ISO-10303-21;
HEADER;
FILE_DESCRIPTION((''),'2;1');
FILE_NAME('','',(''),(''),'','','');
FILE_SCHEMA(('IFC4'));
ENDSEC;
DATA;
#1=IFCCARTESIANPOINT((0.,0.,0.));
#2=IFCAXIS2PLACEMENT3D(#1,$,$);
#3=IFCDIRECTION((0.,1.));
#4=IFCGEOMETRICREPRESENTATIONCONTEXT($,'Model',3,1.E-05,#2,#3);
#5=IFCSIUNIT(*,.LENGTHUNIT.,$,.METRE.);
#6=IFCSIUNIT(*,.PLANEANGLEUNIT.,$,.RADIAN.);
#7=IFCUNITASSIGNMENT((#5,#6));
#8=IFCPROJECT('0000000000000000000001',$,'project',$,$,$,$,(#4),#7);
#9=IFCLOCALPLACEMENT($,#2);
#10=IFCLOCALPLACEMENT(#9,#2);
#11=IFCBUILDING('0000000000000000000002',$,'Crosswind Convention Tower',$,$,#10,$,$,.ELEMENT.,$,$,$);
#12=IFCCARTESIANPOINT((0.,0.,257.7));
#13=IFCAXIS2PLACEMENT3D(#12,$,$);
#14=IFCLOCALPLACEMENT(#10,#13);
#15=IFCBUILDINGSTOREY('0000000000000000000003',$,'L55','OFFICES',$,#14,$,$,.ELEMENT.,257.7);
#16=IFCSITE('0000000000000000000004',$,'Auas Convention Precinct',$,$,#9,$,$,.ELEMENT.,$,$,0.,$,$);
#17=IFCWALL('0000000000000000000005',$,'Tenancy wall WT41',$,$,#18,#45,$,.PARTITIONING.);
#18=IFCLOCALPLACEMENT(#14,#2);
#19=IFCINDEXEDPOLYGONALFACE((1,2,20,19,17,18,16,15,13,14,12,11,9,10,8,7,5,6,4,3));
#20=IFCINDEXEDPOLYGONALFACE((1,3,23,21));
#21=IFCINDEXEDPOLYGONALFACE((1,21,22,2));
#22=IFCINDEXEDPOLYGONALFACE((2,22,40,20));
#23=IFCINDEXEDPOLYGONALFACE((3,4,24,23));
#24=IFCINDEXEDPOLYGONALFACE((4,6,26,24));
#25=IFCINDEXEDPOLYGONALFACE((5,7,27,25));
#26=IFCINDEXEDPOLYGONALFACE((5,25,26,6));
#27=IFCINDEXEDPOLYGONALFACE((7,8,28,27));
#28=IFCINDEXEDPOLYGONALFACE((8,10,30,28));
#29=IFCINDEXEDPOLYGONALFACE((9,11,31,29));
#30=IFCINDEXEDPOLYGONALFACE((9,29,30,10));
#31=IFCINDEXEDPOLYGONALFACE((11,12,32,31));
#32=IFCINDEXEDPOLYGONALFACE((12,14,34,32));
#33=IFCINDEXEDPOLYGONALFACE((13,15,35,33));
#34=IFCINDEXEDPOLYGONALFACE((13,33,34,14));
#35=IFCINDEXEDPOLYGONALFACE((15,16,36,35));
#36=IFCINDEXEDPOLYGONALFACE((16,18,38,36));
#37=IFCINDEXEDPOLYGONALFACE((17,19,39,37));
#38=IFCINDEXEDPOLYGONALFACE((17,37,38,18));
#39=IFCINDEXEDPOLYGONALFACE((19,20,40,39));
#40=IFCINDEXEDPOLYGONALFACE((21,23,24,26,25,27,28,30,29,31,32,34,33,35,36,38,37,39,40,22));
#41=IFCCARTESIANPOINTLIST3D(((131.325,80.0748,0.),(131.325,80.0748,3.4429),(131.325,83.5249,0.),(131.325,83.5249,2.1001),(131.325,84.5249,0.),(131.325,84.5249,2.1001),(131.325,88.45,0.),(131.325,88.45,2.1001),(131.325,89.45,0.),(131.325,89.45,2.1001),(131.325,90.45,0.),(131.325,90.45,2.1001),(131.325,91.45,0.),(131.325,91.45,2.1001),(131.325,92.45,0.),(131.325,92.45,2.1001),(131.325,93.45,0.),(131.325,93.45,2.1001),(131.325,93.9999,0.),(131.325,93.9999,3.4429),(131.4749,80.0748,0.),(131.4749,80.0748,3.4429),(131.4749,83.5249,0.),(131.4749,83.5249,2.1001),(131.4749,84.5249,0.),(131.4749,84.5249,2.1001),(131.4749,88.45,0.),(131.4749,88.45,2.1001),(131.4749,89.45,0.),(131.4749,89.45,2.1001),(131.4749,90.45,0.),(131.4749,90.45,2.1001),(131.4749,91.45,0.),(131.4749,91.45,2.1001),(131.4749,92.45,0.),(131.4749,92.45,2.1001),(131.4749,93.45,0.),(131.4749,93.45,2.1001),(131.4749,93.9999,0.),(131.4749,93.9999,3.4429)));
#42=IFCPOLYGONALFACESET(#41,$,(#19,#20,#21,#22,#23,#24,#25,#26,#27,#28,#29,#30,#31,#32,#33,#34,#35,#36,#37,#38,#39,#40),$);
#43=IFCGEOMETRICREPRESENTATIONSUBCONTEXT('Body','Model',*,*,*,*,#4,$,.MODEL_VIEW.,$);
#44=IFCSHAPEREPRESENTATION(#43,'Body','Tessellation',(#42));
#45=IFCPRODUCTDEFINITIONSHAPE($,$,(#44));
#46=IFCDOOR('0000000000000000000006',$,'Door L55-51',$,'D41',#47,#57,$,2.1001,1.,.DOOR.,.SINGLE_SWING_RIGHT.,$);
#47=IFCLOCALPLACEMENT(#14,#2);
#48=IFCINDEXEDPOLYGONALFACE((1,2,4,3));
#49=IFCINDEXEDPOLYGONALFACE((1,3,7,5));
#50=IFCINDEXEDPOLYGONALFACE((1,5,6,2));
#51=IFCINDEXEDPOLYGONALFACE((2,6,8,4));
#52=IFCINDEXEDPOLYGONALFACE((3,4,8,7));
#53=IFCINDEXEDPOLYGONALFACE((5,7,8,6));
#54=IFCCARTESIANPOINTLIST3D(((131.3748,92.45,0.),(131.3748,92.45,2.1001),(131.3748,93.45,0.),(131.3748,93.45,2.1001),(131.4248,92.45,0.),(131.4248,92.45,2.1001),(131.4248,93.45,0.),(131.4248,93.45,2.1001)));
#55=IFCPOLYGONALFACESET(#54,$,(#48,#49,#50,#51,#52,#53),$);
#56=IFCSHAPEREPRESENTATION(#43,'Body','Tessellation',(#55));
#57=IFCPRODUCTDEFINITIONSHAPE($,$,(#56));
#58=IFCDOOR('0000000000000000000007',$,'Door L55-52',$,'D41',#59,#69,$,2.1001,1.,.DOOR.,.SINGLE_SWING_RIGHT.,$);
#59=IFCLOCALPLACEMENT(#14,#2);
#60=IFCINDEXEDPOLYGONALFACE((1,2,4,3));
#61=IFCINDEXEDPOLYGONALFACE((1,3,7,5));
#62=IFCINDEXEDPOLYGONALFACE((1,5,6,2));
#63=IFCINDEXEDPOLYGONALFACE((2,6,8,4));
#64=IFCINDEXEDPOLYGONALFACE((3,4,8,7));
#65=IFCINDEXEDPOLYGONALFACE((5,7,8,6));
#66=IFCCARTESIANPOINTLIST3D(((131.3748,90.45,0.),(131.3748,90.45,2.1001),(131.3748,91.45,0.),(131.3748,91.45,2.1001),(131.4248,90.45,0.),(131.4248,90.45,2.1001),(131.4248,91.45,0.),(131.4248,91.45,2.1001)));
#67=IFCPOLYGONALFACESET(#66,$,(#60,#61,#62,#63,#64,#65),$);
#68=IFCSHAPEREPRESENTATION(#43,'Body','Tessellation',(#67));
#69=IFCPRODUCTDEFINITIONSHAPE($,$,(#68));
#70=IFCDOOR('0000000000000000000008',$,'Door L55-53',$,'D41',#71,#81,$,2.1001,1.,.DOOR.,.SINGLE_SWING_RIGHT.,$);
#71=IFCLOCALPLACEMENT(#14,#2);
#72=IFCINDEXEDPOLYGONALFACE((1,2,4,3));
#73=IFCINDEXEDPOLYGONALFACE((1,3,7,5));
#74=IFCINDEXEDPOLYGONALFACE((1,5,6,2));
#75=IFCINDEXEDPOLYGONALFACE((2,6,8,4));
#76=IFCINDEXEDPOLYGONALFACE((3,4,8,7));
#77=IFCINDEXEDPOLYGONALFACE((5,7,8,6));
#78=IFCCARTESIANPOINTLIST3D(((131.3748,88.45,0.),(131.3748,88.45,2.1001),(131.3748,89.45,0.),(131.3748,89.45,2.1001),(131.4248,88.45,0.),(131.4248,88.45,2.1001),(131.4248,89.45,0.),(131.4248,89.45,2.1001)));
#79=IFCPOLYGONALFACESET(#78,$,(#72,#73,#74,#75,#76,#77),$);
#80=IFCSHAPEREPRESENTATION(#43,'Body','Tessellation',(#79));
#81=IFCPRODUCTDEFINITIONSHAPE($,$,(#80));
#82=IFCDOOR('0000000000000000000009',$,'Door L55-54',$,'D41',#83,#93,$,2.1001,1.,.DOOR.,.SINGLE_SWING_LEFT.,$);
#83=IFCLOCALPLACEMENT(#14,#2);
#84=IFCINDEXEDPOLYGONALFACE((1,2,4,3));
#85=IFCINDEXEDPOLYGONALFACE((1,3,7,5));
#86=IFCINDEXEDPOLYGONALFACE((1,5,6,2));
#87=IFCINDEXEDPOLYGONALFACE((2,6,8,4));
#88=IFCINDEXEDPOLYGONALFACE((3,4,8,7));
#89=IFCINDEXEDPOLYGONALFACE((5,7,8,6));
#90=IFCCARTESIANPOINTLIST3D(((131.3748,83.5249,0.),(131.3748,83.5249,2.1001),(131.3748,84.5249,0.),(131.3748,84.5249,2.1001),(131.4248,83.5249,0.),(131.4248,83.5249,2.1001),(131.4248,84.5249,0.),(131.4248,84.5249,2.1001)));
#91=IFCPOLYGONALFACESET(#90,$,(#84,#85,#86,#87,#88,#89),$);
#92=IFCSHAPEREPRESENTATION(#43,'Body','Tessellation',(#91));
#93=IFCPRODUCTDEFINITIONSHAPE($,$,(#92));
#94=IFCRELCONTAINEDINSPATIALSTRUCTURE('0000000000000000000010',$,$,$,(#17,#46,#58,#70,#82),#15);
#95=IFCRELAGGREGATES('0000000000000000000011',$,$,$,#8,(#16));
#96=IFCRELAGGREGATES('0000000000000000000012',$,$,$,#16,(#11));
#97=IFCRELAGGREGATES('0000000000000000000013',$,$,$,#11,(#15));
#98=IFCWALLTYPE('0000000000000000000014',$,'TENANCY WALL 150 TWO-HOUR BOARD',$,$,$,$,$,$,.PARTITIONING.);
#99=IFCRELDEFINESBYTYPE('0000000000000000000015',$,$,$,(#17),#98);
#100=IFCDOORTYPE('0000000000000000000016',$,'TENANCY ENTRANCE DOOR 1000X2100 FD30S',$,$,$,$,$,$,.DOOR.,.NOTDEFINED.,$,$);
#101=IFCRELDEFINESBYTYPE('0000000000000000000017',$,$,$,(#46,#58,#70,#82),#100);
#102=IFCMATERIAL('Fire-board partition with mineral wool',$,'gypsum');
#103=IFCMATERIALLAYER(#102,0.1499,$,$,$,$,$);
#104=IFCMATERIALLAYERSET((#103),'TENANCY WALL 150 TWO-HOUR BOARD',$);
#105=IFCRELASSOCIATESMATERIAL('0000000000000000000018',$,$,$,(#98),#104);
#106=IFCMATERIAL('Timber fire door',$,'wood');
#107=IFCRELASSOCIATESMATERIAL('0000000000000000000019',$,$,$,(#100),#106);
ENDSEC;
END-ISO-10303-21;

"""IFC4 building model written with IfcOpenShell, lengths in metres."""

from ifc_helpers import new_model, si_unit, direction, frame, frame_2d, origin, place, context, subcontext, project, spatial, rectangle, extrude, material, layer, layer_set, type_object, element, fill, save


model = new_model("IFC4")

# Units and contexts
model_context = context("Model", 3, precision=1e-05, world=origin(), true_north=direction((0.0, 1.0)))
body_context = subcontext(model_context, "Body", "Model", "MODEL_VIEW")
ifc_project = project(units=[si_unit("LENGTHUNIT", "METRE"), si_unit("PLANEANGLEUNIT", "RADIAN")], contexts=[model_context])

# Site, building, storey
site_placement = place(None, origin())
site = spatial("IfcSite", under=ifc_project, at=site_placement, Name="Auas Convention Precinct", CompositionType="ELEMENT", RefElevation=0.0)
building_placement = place(site_placement, origin())
building = spatial("IfcBuilding", under=site, at=building_placement, Name="Crosswind Convention Tower", CompositionType="ELEMENT")
storey_placement = place(building_placement, frame((0.0, 0.0, 257.7)))
storey = spatial("IfcBuildingStorey", under=building, at=storey_placement, Name="L55", Description="OFFICES", CompositionType="ELEMENT", Elevation=257.7)

# Wall, openings, doors
ifc_material_1 = material(Name="Fire-board partition with mineral wool", Category="gypsum")
ifc_layer_1 = layer(ifc_material_1, 0.1499)
ifc_layer_set_1 = layer_set([ifc_layer_1], Name="TENANCY WALL 150 TWO-HOUR BOARD")
wall_type_1 = type_object("IfcWallType", Name="TENANCY WALL 150 TWO-HOUR BOARD", PredefinedType="PARTITIONING", material=ifc_layer_set_1)
wall_1_placement = place(storey_placement, frame((131.3999, 80.075, 0.0), z_axis=(0.0, 0.0, 1.0), x_axis=(0.0, 1.0, 0.0)))
wall_1 = element("IfcWall", 1, at=wall_1_placement, inside=storey, type_object=wall_type_1, Name="Tenancy wall WT41", PredefinedType="PARTITIONING", context=body_context, shape_type="SweptSolid", body=[
    extrude(rectangle(XDim=13.925, YDim=0.1499, at=frame_2d((6.9624, 0.0))), origin(), (0.0, 0.0, 1.0), 3.4429),
])
opening_1_placement = place(wall_1_placement, frame((12.375, 0.0, 0.0)))
opening_1 = element("IfcOpeningElement", 2, at=opening_1_placement, cuts=wall_1, PredefinedType="OPENING", context=body_context, shape_type="SweptSolid", body=[
    extrude(rectangle(XDim=1.0, YDim=2.1001, at=frame_2d((0.5, 1.05))), frame((0.0, 0.085, 0.0), z_axis=(0.0, -1.0, 0.0), x_axis=(1.0, 0.0, 0.0)), (0.0, 0.0, 1.0), 0.1699),
])
opening_2_placement = place(wall_1_placement, frame((10.375, 0.0, 0.0)))
opening_2 = element("IfcOpeningElement", 3, at=opening_2_placement, cuts=wall_1, PredefinedType="OPENING", context=body_context, shape_type="SweptSolid", body=[
    extrude(rectangle(XDim=1.0, YDim=2.1001, at=frame_2d((0.5, 1.05))), frame((0.0, 0.085, 0.0), z_axis=(0.0, -1.0, 0.0), x_axis=(1.0, 0.0, 0.0)), (0.0, 0.0, 1.0), 0.1699),
])
opening_3_placement = place(wall_1_placement, frame((8.375, 0.0, 0.0)))
opening_3 = element("IfcOpeningElement", 4, at=opening_3_placement, cuts=wall_1, PredefinedType="OPENING", context=body_context, shape_type="SweptSolid", body=[
    extrude(rectangle(XDim=1.0, YDim=2.1001, at=frame_2d((0.5, 1.05))), frame((0.0, 0.085, 0.0), z_axis=(0.0, -1.0, 0.0), x_axis=(1.0, 0.0, 0.0)), (0.0, 0.0, 1.0), 0.1699),
])
opening_4_placement = place(wall_1_placement, frame((3.45, 0.0, 0.0)))
opening_4 = element("IfcOpeningElement", 5, at=opening_4_placement, cuts=wall_1, PredefinedType="OPENING", context=body_context, shape_type="SweptSolid", body=[
    extrude(rectangle(XDim=1.0, YDim=2.1001, at=frame_2d((0.5, 1.05))), frame((0.0, 0.085, 0.0), z_axis=(0.0, -1.0, 0.0), x_axis=(1.0, 0.0, 0.0)), (0.0, 0.0, 1.0), 0.1699),
])
ifc_material_2 = material(Name="Timber fire door", Category="wood")
door_type = type_object("IfcDoorType", Name="TENANCY ENTRANCE DOOR 1000X2100 FD30S", OperationType="NOTDEFINED", PredefinedType="DOOR", material=ifc_material_2)
door_1_placement = place(opening_1_placement, frame((1.0, 0.0, 0.0), z_axis=(0.0, 0.0, 1.0), x_axis=(-1.0, 0.0, 0.0)))
door_1 = element("IfcDoor", 6, at=door_1_placement, inside=storey, type_object=door_type, Name="Door L55-51", ObjectType="D41", OperationType="SINGLE_SWING_RIGHT", OverallHeight=2.1001, OverallWidth=1.0, PredefinedType="DOOR", context=body_context, shape_type="SweptSolid", body=[
    extrude(rectangle(XDim=1.0, YDim=2.1001, at=frame_2d((0.5, 1.05))), frame((0.0, 0.0249, 0.0), z_axis=(0.0, -1.0, 0.0), x_axis=(1.0, 0.0, 0.0)), (0.0, 0.0, 1.0), 0.05),
])
fill(opening_1, door_1)
door_2_placement = place(opening_2_placement, frame((1.0, 0.0, 0.0), z_axis=(0.0, 0.0, 1.0), x_axis=(-1.0, 0.0, 0.0)))
door_2 = element("IfcDoor", 7, at=door_2_placement, inside=storey, type_object=door_type, Name="Door L55-52", ObjectType="D41", OperationType="SINGLE_SWING_RIGHT", OverallHeight=2.1001, OverallWidth=1.0, PredefinedType="DOOR", context=body_context, shape_type="SweptSolid", body=[
    extrude(rectangle(XDim=1.0, YDim=2.1001, at=frame_2d((0.5, 1.05))), frame((0.0, 0.0249, 0.0), z_axis=(0.0, -1.0, 0.0), x_axis=(1.0, 0.0, 0.0)), (0.0, 0.0, 1.0), 0.05),
])
fill(opening_2, door_2)
door_3_placement = place(opening_3_placement, frame((1.0, 0.0, 0.0), z_axis=(0.0, 0.0, 1.0), x_axis=(-1.0, 0.0, 0.0)))
door_3 = element("IfcDoor", 8, at=door_3_placement, inside=storey, type_object=door_type, Name="Door L55-53", ObjectType="D41", OperationType="SINGLE_SWING_RIGHT", OverallHeight=2.1001, OverallWidth=1.0, PredefinedType="DOOR", context=body_context, shape_type="SweptSolid", body=[
    extrude(rectangle(XDim=1.0, YDim=2.1001, at=frame_2d((0.5, 1.05))), frame((0.0, 0.0249, 0.0), z_axis=(0.0, -1.0, 0.0), x_axis=(1.0, 0.0, 0.0)), (0.0, 0.0, 1.0), 0.05),
])
fill(opening_3, door_3)
door_4_placement = place(opening_4_placement, frame((1.0, 0.0, 0.0), z_axis=(0.0, 0.0, 1.0), x_axis=(-1.0, 0.0, 0.0)))
door_4 = element("IfcDoor", 9, at=door_4_placement, inside=storey, type_object=door_type, Name="Door L55-54", ObjectType="D41", OperationType="SINGLE_SWING_LEFT", OverallHeight=2.1001, OverallWidth=1.0, PredefinedType="DOOR", context=body_context, shape_type="SweptSolid", body=[
    extrude(rectangle(XDim=1.0, YDim=2.1001, at=frame_2d((0.5, 1.05))), frame((0.0, 0.0249, 0.0), z_axis=(0.0, -1.0, 0.0), x_axis=(1.0, 0.0, 0.0)), (0.0, 0.0, 1.0), 0.05),
])
fill(opening_4, door_4)

save(model, "model.ifc")
